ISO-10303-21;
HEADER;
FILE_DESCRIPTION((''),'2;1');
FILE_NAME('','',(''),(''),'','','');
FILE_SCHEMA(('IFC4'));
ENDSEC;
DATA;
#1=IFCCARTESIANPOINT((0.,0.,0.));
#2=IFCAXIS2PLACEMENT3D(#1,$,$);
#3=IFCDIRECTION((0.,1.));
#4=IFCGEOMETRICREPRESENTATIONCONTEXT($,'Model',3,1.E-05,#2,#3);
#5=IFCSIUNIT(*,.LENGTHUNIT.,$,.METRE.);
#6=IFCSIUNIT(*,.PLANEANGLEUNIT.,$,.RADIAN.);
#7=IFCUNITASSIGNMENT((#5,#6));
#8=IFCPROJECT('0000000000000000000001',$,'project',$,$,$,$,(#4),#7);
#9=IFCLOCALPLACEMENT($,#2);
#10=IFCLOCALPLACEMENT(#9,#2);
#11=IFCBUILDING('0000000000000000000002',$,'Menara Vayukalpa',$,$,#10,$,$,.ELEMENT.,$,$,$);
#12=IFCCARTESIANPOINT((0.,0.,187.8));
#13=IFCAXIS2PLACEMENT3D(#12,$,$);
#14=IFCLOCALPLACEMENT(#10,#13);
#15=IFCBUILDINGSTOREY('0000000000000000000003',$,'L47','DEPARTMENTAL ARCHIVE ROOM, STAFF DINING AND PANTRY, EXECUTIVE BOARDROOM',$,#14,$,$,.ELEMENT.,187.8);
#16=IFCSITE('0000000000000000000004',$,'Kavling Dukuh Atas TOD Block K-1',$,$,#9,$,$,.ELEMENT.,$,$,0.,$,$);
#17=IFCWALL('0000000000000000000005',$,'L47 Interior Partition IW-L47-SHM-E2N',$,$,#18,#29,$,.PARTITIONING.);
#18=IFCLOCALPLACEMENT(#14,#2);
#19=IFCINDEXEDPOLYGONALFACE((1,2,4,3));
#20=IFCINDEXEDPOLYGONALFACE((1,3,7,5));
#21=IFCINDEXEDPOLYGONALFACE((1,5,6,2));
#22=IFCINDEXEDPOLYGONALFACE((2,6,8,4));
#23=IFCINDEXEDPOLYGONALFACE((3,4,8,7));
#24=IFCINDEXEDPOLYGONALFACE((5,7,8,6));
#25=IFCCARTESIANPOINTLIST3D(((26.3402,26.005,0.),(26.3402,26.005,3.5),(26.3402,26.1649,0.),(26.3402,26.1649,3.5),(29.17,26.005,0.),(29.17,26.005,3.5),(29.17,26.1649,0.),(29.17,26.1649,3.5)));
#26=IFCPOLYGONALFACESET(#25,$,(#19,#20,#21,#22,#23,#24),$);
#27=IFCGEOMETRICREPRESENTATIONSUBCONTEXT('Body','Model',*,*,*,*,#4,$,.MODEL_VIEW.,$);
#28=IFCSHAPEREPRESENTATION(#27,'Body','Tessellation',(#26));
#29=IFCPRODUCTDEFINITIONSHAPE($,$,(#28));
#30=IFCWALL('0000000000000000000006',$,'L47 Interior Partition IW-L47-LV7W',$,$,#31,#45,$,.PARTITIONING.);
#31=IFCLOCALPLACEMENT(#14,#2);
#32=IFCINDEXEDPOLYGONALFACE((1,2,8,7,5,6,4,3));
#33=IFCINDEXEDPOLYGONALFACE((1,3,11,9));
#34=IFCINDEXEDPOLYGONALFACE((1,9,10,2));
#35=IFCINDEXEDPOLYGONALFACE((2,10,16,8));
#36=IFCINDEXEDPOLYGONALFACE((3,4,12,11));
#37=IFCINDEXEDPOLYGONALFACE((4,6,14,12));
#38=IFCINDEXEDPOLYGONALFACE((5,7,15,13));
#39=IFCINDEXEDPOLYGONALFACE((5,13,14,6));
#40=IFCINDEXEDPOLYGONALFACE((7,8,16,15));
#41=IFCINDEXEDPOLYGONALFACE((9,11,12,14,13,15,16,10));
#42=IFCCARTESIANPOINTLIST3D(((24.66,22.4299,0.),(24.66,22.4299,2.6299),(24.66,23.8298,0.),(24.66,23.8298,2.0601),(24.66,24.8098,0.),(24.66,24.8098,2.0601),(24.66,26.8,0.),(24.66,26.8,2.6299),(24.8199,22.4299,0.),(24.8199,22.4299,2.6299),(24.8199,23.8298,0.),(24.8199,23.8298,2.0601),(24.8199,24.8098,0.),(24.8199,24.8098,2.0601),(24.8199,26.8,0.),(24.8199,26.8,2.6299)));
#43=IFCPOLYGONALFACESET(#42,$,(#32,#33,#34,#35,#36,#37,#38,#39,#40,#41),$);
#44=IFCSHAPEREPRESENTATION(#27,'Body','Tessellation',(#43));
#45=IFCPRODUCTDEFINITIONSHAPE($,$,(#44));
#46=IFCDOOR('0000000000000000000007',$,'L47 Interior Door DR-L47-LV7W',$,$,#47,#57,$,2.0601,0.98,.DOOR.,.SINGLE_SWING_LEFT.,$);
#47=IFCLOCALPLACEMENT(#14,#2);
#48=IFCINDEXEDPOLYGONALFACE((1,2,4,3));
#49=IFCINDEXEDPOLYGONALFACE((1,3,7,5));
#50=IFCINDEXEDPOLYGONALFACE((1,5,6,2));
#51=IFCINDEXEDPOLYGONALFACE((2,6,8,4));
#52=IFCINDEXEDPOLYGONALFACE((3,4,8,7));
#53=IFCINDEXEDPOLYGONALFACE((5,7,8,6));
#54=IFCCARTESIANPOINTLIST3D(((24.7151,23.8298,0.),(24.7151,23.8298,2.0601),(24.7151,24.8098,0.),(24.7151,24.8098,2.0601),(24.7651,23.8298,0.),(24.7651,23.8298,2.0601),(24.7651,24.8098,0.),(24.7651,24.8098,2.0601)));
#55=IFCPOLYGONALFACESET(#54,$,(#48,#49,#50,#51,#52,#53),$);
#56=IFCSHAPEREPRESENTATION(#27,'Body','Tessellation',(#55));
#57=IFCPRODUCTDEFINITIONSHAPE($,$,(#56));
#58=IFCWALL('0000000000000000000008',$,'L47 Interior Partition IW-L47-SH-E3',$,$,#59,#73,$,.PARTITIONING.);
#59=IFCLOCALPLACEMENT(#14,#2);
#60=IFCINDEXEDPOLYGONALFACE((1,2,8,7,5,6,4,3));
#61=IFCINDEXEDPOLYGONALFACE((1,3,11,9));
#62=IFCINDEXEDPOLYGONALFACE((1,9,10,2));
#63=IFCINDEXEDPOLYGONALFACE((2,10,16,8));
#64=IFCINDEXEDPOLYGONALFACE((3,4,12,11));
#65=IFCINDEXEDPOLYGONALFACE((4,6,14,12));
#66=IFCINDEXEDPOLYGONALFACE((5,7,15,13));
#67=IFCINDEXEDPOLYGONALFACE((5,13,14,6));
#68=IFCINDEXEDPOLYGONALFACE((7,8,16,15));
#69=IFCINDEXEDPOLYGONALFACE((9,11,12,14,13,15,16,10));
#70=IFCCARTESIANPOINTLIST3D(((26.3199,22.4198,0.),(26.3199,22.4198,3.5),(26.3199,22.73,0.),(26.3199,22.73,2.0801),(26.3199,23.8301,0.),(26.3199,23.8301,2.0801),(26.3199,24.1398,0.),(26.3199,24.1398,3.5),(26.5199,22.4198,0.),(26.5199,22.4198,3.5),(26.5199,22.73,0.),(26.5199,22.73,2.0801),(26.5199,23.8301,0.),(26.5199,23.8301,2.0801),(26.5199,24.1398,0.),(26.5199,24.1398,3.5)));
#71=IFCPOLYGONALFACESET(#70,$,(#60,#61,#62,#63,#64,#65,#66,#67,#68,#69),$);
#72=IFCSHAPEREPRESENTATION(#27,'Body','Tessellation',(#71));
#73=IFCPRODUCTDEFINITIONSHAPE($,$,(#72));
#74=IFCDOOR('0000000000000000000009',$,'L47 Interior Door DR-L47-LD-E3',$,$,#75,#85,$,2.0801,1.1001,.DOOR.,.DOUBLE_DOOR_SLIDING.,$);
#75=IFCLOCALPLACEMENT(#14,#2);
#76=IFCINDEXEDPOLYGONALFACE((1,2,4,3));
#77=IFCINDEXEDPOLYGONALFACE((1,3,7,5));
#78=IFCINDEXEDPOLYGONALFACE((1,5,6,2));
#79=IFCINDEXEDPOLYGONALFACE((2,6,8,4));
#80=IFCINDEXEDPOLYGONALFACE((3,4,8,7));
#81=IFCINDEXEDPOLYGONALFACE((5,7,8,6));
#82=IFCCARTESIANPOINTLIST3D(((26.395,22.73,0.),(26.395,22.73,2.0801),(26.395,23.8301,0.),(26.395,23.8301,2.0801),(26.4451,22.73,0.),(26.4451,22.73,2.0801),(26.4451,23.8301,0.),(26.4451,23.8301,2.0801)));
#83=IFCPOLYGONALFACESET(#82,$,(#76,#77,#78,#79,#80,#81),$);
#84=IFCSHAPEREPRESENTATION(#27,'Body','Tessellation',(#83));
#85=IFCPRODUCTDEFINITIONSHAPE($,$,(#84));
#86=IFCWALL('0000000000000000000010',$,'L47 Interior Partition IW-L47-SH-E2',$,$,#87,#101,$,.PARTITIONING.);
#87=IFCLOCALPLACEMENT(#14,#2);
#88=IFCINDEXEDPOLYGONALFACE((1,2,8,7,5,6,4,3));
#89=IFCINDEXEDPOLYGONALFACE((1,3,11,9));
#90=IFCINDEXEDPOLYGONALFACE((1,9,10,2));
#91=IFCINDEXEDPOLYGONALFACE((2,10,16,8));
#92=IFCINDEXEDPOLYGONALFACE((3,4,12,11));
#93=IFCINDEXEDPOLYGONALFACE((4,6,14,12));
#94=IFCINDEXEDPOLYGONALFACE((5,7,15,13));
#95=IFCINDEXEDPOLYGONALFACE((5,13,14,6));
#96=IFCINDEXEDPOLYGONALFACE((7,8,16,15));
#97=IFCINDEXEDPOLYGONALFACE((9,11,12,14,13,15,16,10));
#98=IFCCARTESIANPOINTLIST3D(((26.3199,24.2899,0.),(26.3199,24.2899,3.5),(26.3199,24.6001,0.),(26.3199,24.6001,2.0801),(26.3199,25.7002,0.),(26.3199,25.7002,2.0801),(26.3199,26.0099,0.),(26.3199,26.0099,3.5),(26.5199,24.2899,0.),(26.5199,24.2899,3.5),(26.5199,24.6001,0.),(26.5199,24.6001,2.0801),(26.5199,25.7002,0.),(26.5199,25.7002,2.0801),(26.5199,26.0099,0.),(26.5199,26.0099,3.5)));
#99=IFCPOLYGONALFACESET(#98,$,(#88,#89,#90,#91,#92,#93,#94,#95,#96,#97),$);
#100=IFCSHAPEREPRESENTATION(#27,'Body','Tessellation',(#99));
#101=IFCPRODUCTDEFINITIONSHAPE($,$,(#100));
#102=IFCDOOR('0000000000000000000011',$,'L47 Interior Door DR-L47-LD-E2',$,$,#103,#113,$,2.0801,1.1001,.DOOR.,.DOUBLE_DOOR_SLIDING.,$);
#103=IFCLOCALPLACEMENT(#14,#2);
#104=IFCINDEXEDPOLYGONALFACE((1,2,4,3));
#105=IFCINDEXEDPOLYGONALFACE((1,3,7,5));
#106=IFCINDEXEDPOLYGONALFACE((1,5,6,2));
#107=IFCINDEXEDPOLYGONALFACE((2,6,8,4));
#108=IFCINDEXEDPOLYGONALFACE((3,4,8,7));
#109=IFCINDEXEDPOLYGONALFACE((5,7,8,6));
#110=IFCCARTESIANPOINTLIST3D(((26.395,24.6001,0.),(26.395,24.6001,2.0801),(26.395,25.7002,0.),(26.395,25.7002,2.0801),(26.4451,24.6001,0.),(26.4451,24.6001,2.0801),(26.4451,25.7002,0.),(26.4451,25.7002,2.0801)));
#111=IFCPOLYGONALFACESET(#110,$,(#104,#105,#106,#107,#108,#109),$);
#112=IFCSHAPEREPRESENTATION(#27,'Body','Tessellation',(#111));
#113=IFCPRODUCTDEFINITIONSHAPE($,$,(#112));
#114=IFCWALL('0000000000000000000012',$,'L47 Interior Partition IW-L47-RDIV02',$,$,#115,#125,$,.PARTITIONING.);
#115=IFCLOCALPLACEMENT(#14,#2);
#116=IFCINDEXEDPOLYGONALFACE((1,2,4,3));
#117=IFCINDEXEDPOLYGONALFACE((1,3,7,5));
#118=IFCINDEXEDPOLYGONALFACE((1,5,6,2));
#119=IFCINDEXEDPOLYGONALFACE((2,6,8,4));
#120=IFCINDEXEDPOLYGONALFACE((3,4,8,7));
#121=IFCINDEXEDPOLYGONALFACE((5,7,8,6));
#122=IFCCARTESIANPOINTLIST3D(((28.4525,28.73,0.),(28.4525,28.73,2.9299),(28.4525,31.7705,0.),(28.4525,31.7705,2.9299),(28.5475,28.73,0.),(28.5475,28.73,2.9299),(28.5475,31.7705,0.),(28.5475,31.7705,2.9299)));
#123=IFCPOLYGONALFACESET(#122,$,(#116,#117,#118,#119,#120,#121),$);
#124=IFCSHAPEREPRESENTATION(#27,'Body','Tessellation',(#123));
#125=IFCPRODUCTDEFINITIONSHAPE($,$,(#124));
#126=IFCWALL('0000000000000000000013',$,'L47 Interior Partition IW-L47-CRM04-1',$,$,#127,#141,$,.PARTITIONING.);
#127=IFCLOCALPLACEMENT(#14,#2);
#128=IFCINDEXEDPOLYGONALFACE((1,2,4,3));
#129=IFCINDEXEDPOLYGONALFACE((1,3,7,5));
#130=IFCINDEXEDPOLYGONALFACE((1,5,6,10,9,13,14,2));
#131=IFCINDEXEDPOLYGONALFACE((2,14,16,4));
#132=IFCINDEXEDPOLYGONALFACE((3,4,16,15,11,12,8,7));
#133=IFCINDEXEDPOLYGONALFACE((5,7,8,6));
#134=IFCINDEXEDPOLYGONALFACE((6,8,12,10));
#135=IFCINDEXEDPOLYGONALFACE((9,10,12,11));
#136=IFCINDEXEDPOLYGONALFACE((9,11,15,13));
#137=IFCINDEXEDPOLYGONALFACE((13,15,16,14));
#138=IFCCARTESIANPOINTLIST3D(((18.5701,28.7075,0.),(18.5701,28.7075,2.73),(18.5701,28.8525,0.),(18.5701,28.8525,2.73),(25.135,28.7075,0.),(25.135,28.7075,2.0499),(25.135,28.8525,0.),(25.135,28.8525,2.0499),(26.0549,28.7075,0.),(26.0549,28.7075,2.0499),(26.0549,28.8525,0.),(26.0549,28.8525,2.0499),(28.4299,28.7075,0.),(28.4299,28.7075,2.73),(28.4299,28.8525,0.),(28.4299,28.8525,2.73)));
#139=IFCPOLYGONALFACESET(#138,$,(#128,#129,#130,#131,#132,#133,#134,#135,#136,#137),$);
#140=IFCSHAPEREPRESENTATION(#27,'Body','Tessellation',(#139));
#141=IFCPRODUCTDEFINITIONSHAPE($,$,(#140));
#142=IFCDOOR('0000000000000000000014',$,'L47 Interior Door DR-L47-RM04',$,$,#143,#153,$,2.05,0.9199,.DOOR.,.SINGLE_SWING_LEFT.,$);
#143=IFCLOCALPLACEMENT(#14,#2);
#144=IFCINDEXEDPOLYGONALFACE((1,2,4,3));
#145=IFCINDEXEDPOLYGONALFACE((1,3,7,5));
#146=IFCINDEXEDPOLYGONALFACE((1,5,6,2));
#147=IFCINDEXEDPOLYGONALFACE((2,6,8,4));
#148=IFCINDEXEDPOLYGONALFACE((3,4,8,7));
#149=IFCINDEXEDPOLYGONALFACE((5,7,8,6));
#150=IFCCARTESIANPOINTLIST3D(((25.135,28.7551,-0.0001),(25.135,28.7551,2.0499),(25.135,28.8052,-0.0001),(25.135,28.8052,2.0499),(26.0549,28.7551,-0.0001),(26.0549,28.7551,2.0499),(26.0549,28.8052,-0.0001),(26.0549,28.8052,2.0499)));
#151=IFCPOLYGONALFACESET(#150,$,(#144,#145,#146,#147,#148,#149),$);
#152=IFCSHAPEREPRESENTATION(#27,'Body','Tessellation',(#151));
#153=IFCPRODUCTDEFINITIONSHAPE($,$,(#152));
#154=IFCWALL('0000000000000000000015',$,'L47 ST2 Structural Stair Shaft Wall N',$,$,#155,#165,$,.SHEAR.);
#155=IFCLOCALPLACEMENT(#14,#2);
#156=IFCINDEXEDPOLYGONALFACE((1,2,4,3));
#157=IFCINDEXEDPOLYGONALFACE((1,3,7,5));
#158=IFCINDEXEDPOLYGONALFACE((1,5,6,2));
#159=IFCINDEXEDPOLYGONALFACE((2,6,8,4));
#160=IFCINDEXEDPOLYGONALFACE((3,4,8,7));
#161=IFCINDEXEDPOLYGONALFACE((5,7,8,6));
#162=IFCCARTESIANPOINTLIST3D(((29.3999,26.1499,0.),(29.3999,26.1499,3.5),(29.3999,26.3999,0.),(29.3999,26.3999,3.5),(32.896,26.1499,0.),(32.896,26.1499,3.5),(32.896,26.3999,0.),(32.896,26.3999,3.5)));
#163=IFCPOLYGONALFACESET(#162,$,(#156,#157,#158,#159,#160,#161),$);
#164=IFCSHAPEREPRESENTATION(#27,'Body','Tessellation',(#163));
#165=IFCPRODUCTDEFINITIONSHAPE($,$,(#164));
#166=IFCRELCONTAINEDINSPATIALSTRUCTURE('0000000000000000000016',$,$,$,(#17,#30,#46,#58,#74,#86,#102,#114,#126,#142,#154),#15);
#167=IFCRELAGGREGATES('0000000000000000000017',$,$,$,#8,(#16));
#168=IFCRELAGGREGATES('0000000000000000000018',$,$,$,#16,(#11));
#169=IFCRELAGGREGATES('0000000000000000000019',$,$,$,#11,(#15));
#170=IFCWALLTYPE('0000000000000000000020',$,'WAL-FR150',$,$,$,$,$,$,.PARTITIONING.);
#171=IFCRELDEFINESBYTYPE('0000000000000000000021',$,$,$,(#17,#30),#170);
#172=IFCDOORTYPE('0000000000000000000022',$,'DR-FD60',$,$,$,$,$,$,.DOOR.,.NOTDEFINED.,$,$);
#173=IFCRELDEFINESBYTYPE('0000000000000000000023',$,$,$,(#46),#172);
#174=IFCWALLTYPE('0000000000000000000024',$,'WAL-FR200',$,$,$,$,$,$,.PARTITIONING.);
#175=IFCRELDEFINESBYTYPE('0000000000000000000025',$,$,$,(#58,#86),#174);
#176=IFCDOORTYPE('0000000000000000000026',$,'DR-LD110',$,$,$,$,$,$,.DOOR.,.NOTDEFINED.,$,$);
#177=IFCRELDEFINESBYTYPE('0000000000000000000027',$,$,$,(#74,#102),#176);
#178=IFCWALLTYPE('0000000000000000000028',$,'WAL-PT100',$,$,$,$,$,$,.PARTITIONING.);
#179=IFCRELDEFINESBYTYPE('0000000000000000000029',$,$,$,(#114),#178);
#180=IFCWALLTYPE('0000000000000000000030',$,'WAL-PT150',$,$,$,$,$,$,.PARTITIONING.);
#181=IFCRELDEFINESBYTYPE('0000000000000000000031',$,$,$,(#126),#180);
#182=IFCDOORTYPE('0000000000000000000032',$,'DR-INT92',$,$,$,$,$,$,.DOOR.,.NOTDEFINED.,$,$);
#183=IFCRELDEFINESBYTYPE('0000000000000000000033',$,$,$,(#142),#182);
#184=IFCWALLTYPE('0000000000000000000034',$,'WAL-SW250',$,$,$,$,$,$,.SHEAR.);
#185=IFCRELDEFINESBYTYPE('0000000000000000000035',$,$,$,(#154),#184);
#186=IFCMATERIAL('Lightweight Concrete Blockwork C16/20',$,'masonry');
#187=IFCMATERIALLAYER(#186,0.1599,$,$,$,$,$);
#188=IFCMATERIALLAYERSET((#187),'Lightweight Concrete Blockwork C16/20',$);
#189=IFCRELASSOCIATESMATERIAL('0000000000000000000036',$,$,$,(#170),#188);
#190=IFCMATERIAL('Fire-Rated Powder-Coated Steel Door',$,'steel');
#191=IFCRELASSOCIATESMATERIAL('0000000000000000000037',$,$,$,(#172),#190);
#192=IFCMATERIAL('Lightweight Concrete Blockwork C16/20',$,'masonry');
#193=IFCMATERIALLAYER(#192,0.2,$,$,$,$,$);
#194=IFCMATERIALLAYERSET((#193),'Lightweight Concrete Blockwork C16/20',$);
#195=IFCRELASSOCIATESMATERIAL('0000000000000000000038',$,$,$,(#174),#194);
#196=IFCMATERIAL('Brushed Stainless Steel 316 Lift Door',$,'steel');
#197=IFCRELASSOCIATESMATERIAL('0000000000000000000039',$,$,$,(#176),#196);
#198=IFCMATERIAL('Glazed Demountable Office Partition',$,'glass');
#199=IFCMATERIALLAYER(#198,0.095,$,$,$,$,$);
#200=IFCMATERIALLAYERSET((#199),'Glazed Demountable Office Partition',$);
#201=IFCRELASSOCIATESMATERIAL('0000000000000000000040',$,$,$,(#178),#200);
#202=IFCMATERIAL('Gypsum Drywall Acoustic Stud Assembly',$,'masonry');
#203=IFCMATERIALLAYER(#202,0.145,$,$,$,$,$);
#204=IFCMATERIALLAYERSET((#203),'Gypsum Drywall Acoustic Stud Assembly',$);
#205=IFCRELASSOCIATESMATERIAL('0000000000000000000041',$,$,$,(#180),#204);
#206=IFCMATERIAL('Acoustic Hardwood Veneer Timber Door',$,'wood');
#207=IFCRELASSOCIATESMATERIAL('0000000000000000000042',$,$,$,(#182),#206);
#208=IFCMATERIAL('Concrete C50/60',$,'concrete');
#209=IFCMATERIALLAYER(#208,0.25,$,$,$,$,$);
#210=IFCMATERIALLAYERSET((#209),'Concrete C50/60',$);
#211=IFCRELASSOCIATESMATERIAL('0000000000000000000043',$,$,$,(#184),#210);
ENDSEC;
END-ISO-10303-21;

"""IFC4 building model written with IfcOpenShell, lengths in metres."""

from ifc_helpers import new_model, si_unit, direction, frame, frame_2d, origin, place, context, subcontext, project, spatial, rectangle, extrude, material, layer, layer_set, type_object, element, fill, save


model = new_model("IFC4")

# Units and contexts
model_context = context("Model", 3, precision=1e-05, world=origin(), true_north=direction((0.0, 1.0)))
body_context = subcontext(model_context, "Body", "Model", "MODEL_VIEW")
ifc_project = project(units=[si_unit("LENGTHUNIT", "METRE"), si_unit("PLANEANGLEUNIT", "RADIAN")], contexts=[model_context])

# Site, building, storey
site_placement = place(None, origin())
site = spatial("IfcSite", under=ifc_project, at=site_placement, Name="Kavling Dukuh Atas TOD Block K-1", CompositionType="ELEMENT", RefElevation=0.0)
building_placement = place(site_placement, origin())
building = spatial("IfcBuilding", under=site, at=building_placement, Name="Menara Vayukalpa", CompositionType="ELEMENT")
storey_placement = place(building_placement, frame((0.0, 0.0, 187.8)))
storey = spatial("IfcBuildingStorey", under=building, at=storey_placement, Name="L47", Description="DEPARTMENTAL ARCHIVE ROOM, STAFF DINING AND PANTRY, EXECUTIVE BOARDROOM", CompositionType="ELEMENT", Elevation=187.8)

# Wall
ifc_material_1 = material(Name="Lightweight Concrete Blockwork C16/20", Category="masonry")
ifc_layer_1 = layer(ifc_material_1, 0.1599)
ifc_layer_set_1 = layer_set([ifc_layer_1], Name="Lightweight Concrete Blockwork C16/20")
wall_type_1 = type_object("IfcWallType", Name="WAL-FR150", PredefinedType="PARTITIONING", material=ifc_layer_set_1)
wall_1_placement = place(storey_placement, frame((26.3401, 26.085, 0.0), z_axis=(0.0, 0.0, 1.0), x_axis=(1.0, 0.0, 0.0)))
element("IfcWall", 1, at=wall_1_placement, inside=storey, type_object=wall_type_1, Name="L47 Interior Partition IW-L47-SHM-E2N", PredefinedType="PARTITIONING", context=body_context, shape_type="SweptSolid", body=[
    extrude(rectangle(XDim=2.8298, YDim=0.1599, at=frame_2d((1.415, 0.0))), origin(), (0.0, 0.0, 1.0), 3.5),
])

# Walls, openings, doors
wall_2_placement = place(storey_placement, frame((24.74, 22.4299, 0.0), z_axis=(0.0, 0.0, 1.0), x_axis=(0.0, 1.0, 0.0)))
wall_2 = element("IfcWall", 2, at=wall_2_placement, inside=storey, type_object=wall_type_1, Name="L47 Interior Partition IW-L47-LV7W", PredefinedType="PARTITIONING", context=body_context, shape_type="SweptSolid", body=[
    extrude(rectangle(XDim=4.3701, YDim=0.1599, at=frame_2d((2.1851, 0.0))), origin(), (0.0, 0.0, 1.0), 2.6299),
])
opening_1_placement = place(wall_2_placement, frame((1.3999, 0.0, 0.0)))
opening_1 = element("IfcOpeningElement", 3, at=opening_1_placement, cuts=wall_2, PredefinedType="OPENING", context=body_context, shape_type="SweptSolid", body=[
    extrude(rectangle(XDim=0.98, YDim=2.0601, at=frame_2d((0.49, 1.03))), frame((0.0, 0.0898, 0.0), z_axis=(0.0, -1.0, 0.0), x_axis=(1.0, 0.0, 0.0)), (0.0, 0.0, 1.0), 0.1799),
])
ifc_material_2 = material(Name="Fire-Rated Powder-Coated Steel Door", Category="steel")
door_type_1 = type_object("IfcDoorType", Name="DR-FD60", OperationType="NOTDEFINED", PredefinedType="DOOR", material=ifc_material_2)
door_1_placement = place(opening_1_placement, origin())
door_1 = element("IfcDoor", 4, at=door_1_placement, inside=storey, type_object=door_type_1, Name="L47 Interior Door DR-L47-LV7W", OperationType="SINGLE_SWING_LEFT", OverallHeight=2.0601, OverallWidth=0.98, PredefinedType="DOOR", context=body_context, shape_type="SweptSolid", body=[
    extrude(rectangle(XDim=0.98, YDim=2.0601, at=frame_2d((0.49, 1.03))), frame((0.0, 0.0249, 0.0), z_axis=(0.0, -1.0, 0.0), x_axis=(1.0, 0.0, 0.0)), (0.0, 0.0, 1.0), 0.05),
])
fill(opening_1, door_1)
ifc_material_3 = material(Name="Lightweight Concrete Blockwork C16/20", Category="masonry")
ifc_layer_2 = layer(ifc_material_3, 0.2)
ifc_layer_set_2 = layer_set([ifc_layer_2], Name="Lightweight Concrete Blockwork C16/20")
wall_type_2 = type_object("IfcWallType", Name="WAL-FR200", PredefinedType="PARTITIONING", material=ifc_layer_set_2)
wall_3_placement = place(storey_placement, frame((26.4199, 22.4199, 0.0), z_axis=(0.0, 0.0, 1.0), x_axis=(0.0, 1.0, 0.0)))
wall_3 = element("IfcWall", 5, at=wall_3_placement, inside=storey, type_object=wall_type_2, Name="L47 Interior Partition IW-L47-SH-E3", PredefinedType="PARTITIONING", context=body_context, shape_type="SweptSolid", body=[
    extrude(rectangle(XDim=1.72, YDim=0.2, at=frame_2d((0.8599, 0.0))), origin(), (0.0, 0.0, 1.0), 3.5),
])
opening_2_placement = place(wall_3_placement, frame((0.3101, 0.0, 0.0)))
opening_2 = element("IfcOpeningElement", 6, at=opening_2_placement, cuts=wall_3, PredefinedType="OPENING", context=body_context, shape_type="SweptSolid", body=[
    extrude(rectangle(XDim=1.1001, YDim=2.0801, at=frame_2d((0.55, 1.04))), frame((0.0, 0.1099, 0.0), z_axis=(0.0, -1.0, 0.0), x_axis=(1.0, 0.0, 0.0)), (0.0, 0.0, 1.0), 0.22),
])
ifc_material_4 = material(Name="Brushed Stainless Steel 316 Lift Door", Category="steel")
door_type_2 = type_object("IfcDoorType", Name="DR-LD110", OperationType="NOTDEFINED", PredefinedType="DOOR", material=ifc_material_4)
door_2_placement = place(opening_2_placement, origin())
door_2 = element("IfcDoor", 7, at=door_2_placement, inside=storey, type_object=door_type_2, Name="L47 Interior Door DR-L47-LD-E3", OperationType="DOUBLE_DOOR_SLIDING", OverallHeight=2.0801, OverallWidth=1.1001, PredefinedType="DOOR", context=body_context, shape_type="SweptSolid", body=[
    extrude(rectangle(XDim=1.1001, YDim=2.0801, at=frame_2d((0.55, 1.04))), frame((0.0, 0.0249, 0.0), z_axis=(0.0, -1.0, 0.0), x_axis=(1.0, 0.0, 0.0)), (0.0, 0.0, 1.0), 0.05),
])
fill(opening_2, door_2)
wall_4_placement = place(storey_placement, frame((26.4199, 24.29, 0.0), z_axis=(0.0, 0.0, 1.0), x_axis=(0.0, 1.0, 0.0)))
wall_4 = element("IfcWall", 8, at=wall_4_placement, inside=storey, type_object=wall_type_2, Name="L47 Interior Partition IW-L47-SH-E2", PredefinedType="PARTITIONING", context=body_context, shape_type="SweptSolid", body=[
    extrude(rectangle(XDim=1.72, YDim=0.2, at=frame_2d((0.8599, 0.0))), origin(), (0.0, 0.0, 1.0), 3.5),
])
opening_3_placement = place(wall_4_placement, frame((0.3101, 0.0, 0.0)))
opening_3 = element("IfcOpeningElement", 9, at=opening_3_placement, cuts=wall_4, PredefinedType="OPENING", context=body_context, shape_type="SweptSolid", body=[
    extrude(rectangle(XDim=1.1001, YDim=2.0801, at=frame_2d((0.55, 1.04))), frame((0.0, 0.1099, 0.0), z_axis=(0.0, -1.0, 0.0), x_axis=(1.0, 0.0, 0.0)), (0.0, 0.0, 1.0), 0.22),
])
door_3_placement = place(opening_3_placement, origin())
door_3 = element("IfcDoor", 10, at=door_3_placement, inside=storey, type_object=door_type_2, Name="L47 Interior Door DR-L47-LD-E2", OperationType="DOUBLE_DOOR_SLIDING", OverallHeight=2.0801, OverallWidth=1.1001, PredefinedType="DOOR", context=body_context, shape_type="SweptSolid", body=[
    extrude(rectangle(XDim=1.1001, YDim=2.0801, at=frame_2d((0.55, 1.04))), frame((0.0, 0.0249, 0.0), z_axis=(0.0, -1.0, 0.0), x_axis=(1.0, 0.0, 0.0)), (0.0, 0.0, 1.0), 0.05),
])
fill(opening_3, door_3)

# Wall
ifc_material_5 = material(Name="Glazed Demountable Office Partition", Category="glass")
ifc_layer_3 = layer(ifc_material_5, 0.095)
ifc_layer_set_3 = layer_set([ifc_layer_3], Name="Glazed Demountable Office Partition")
wall_type_3 = type_object("IfcWallType", Name="WAL-PT100", PredefinedType="PARTITIONING", material=ifc_layer_set_3)
wall_5_placement = place(storey_placement, frame((28.5, 28.73, 0.0), z_axis=(0.0, 0.0, 1.0), x_axis=(0.0, 1.0, 0.0)))
element("IfcWall", 11, at=wall_5_placement, inside=storey, type_object=wall_type_3, Name="L47 Interior Partition IW-L47-RDIV02", PredefinedType="PARTITIONING", context=body_context, shape_type="SweptSolid", body=[
    extrude(rectangle(XDim=3.0405, YDim=0.095, at=frame_2d((1.5203, 0.0))), origin(), (0.0, 0.0, 1.0), 2.9299),
])

# Wall, opening, door
ifc_material_6 = material(Name="Gypsum Drywall Acoustic Stud Assembly", Category="masonry")
ifc_layer_4 = layer(ifc_material_6, 0.145)
ifc_layer_set_4 = layer_set([ifc_layer_4], Name="Gypsum Drywall Acoustic Stud Assembly")
wall_type_4 = type_object("IfcWallType", Name="WAL-PT150", PredefinedType="PARTITIONING", material=ifc_layer_set_4)
wall_6_placement = place(storey_placement, frame((28.4299, 28.78, 0.0), z_axis=(0.0, 0.0, 1.0), x_axis=(-1.0, 0.0, 0.0)))
wall_6 = element("IfcWall", 12, at=wall_6_placement, inside=storey, type_object=wall_type_4, Name="L47 Interior Partition IW-L47-CRM04-1", PredefinedType="PARTITIONING", context=body_context, shape_type="SweptSolid", body=[
    extrude(rectangle(XDim=9.8599, YDim=0.145, at=frame_2d((4.9299, 0.0))), origin(), (0.0, 0.0, 1.0), 2.73),
])
opening_4_placement = place(wall_6_placement, frame((2.375, 0.0, 0.0)))
opening_4 = element("IfcOpeningElement", 13, at=opening_4_placement, cuts=wall_6, PredefinedType="OPENING", context=body_context, shape_type="SweptSolid", body=[
    extrude(rectangle(XDim=0.9199, YDim=2.05, at=frame_2d((0.46, 1.0249))), frame((0.0, 0.0825, 0.0), z_axis=(0.0, -1.0, 0.0), x_axis=(1.0, 0.0, 0.0)), (0.0, 0.0, 1.0), 0.165),
])
ifc_material_7 = material(Name="Acoustic Hardwood Veneer Timber Door", Category="wood")
door_type_3 = type_object("IfcDoorType", Name="DR-INT92", OperationType="NOTDEFINED", PredefinedType="DOOR", material=ifc_material_7)
door_4_placement = place(opening_4_placement, origin())
door_4 = element("IfcDoor", 14, at=door_4_placement, inside=storey, type_object=door_type_3, Name="L47 Interior Door DR-L47-RM04", OperationType="SINGLE_SWING_LEFT", OverallHeight=2.05, OverallWidth=0.9199, PredefinedType="DOOR", context=body_context, shape_type="SweptSolid", body=[
    extrude(rectangle(XDim=0.9199, YDim=2.05, at=frame_2d((0.46, 1.0249))), frame((0.0, 0.0249, 0.0), z_axis=(0.0, -1.0, 0.0), x_axis=(1.0, 0.0, 0.0)), (0.0, 0.0, 1.0), 0.05),
])
fill(opening_4, door_4)

# Wall
ifc_material_8 = material(Name="Concrete C50/60", Category="concrete")
ifc_layer_5 = layer(ifc_material_8, 0.25)
ifc_layer_set_5 = layer_set([ifc_layer_5], Name="Concrete C50/60")
wall_type_5 = type_object("IfcWallType", Name="WAL-SW250", PredefinedType="SHEAR", material=ifc_layer_set_5)
wall_7_placement = place(storey_placement, frame((29.3999, 26.2749, 0.0), z_axis=(0.0, 0.0, 1.0), x_axis=(1.0, 0.0, 0.0)))
element("IfcWall", 15, at=wall_7_placement, inside=storey, type_object=wall_type_5, Name="L47 ST2 Structural Stair Shaft Wall N", PredefinedType="SHEAR", context=body_context, shape_type="SweptSolid", body=[
    extrude(rectangle(XDim=3.4961, YDim=0.25, at=frame_2d((1.748, 0.0))), origin(), (0.0, 0.0, 1.0), 3.5),
])

save(model, "model.ifc")
